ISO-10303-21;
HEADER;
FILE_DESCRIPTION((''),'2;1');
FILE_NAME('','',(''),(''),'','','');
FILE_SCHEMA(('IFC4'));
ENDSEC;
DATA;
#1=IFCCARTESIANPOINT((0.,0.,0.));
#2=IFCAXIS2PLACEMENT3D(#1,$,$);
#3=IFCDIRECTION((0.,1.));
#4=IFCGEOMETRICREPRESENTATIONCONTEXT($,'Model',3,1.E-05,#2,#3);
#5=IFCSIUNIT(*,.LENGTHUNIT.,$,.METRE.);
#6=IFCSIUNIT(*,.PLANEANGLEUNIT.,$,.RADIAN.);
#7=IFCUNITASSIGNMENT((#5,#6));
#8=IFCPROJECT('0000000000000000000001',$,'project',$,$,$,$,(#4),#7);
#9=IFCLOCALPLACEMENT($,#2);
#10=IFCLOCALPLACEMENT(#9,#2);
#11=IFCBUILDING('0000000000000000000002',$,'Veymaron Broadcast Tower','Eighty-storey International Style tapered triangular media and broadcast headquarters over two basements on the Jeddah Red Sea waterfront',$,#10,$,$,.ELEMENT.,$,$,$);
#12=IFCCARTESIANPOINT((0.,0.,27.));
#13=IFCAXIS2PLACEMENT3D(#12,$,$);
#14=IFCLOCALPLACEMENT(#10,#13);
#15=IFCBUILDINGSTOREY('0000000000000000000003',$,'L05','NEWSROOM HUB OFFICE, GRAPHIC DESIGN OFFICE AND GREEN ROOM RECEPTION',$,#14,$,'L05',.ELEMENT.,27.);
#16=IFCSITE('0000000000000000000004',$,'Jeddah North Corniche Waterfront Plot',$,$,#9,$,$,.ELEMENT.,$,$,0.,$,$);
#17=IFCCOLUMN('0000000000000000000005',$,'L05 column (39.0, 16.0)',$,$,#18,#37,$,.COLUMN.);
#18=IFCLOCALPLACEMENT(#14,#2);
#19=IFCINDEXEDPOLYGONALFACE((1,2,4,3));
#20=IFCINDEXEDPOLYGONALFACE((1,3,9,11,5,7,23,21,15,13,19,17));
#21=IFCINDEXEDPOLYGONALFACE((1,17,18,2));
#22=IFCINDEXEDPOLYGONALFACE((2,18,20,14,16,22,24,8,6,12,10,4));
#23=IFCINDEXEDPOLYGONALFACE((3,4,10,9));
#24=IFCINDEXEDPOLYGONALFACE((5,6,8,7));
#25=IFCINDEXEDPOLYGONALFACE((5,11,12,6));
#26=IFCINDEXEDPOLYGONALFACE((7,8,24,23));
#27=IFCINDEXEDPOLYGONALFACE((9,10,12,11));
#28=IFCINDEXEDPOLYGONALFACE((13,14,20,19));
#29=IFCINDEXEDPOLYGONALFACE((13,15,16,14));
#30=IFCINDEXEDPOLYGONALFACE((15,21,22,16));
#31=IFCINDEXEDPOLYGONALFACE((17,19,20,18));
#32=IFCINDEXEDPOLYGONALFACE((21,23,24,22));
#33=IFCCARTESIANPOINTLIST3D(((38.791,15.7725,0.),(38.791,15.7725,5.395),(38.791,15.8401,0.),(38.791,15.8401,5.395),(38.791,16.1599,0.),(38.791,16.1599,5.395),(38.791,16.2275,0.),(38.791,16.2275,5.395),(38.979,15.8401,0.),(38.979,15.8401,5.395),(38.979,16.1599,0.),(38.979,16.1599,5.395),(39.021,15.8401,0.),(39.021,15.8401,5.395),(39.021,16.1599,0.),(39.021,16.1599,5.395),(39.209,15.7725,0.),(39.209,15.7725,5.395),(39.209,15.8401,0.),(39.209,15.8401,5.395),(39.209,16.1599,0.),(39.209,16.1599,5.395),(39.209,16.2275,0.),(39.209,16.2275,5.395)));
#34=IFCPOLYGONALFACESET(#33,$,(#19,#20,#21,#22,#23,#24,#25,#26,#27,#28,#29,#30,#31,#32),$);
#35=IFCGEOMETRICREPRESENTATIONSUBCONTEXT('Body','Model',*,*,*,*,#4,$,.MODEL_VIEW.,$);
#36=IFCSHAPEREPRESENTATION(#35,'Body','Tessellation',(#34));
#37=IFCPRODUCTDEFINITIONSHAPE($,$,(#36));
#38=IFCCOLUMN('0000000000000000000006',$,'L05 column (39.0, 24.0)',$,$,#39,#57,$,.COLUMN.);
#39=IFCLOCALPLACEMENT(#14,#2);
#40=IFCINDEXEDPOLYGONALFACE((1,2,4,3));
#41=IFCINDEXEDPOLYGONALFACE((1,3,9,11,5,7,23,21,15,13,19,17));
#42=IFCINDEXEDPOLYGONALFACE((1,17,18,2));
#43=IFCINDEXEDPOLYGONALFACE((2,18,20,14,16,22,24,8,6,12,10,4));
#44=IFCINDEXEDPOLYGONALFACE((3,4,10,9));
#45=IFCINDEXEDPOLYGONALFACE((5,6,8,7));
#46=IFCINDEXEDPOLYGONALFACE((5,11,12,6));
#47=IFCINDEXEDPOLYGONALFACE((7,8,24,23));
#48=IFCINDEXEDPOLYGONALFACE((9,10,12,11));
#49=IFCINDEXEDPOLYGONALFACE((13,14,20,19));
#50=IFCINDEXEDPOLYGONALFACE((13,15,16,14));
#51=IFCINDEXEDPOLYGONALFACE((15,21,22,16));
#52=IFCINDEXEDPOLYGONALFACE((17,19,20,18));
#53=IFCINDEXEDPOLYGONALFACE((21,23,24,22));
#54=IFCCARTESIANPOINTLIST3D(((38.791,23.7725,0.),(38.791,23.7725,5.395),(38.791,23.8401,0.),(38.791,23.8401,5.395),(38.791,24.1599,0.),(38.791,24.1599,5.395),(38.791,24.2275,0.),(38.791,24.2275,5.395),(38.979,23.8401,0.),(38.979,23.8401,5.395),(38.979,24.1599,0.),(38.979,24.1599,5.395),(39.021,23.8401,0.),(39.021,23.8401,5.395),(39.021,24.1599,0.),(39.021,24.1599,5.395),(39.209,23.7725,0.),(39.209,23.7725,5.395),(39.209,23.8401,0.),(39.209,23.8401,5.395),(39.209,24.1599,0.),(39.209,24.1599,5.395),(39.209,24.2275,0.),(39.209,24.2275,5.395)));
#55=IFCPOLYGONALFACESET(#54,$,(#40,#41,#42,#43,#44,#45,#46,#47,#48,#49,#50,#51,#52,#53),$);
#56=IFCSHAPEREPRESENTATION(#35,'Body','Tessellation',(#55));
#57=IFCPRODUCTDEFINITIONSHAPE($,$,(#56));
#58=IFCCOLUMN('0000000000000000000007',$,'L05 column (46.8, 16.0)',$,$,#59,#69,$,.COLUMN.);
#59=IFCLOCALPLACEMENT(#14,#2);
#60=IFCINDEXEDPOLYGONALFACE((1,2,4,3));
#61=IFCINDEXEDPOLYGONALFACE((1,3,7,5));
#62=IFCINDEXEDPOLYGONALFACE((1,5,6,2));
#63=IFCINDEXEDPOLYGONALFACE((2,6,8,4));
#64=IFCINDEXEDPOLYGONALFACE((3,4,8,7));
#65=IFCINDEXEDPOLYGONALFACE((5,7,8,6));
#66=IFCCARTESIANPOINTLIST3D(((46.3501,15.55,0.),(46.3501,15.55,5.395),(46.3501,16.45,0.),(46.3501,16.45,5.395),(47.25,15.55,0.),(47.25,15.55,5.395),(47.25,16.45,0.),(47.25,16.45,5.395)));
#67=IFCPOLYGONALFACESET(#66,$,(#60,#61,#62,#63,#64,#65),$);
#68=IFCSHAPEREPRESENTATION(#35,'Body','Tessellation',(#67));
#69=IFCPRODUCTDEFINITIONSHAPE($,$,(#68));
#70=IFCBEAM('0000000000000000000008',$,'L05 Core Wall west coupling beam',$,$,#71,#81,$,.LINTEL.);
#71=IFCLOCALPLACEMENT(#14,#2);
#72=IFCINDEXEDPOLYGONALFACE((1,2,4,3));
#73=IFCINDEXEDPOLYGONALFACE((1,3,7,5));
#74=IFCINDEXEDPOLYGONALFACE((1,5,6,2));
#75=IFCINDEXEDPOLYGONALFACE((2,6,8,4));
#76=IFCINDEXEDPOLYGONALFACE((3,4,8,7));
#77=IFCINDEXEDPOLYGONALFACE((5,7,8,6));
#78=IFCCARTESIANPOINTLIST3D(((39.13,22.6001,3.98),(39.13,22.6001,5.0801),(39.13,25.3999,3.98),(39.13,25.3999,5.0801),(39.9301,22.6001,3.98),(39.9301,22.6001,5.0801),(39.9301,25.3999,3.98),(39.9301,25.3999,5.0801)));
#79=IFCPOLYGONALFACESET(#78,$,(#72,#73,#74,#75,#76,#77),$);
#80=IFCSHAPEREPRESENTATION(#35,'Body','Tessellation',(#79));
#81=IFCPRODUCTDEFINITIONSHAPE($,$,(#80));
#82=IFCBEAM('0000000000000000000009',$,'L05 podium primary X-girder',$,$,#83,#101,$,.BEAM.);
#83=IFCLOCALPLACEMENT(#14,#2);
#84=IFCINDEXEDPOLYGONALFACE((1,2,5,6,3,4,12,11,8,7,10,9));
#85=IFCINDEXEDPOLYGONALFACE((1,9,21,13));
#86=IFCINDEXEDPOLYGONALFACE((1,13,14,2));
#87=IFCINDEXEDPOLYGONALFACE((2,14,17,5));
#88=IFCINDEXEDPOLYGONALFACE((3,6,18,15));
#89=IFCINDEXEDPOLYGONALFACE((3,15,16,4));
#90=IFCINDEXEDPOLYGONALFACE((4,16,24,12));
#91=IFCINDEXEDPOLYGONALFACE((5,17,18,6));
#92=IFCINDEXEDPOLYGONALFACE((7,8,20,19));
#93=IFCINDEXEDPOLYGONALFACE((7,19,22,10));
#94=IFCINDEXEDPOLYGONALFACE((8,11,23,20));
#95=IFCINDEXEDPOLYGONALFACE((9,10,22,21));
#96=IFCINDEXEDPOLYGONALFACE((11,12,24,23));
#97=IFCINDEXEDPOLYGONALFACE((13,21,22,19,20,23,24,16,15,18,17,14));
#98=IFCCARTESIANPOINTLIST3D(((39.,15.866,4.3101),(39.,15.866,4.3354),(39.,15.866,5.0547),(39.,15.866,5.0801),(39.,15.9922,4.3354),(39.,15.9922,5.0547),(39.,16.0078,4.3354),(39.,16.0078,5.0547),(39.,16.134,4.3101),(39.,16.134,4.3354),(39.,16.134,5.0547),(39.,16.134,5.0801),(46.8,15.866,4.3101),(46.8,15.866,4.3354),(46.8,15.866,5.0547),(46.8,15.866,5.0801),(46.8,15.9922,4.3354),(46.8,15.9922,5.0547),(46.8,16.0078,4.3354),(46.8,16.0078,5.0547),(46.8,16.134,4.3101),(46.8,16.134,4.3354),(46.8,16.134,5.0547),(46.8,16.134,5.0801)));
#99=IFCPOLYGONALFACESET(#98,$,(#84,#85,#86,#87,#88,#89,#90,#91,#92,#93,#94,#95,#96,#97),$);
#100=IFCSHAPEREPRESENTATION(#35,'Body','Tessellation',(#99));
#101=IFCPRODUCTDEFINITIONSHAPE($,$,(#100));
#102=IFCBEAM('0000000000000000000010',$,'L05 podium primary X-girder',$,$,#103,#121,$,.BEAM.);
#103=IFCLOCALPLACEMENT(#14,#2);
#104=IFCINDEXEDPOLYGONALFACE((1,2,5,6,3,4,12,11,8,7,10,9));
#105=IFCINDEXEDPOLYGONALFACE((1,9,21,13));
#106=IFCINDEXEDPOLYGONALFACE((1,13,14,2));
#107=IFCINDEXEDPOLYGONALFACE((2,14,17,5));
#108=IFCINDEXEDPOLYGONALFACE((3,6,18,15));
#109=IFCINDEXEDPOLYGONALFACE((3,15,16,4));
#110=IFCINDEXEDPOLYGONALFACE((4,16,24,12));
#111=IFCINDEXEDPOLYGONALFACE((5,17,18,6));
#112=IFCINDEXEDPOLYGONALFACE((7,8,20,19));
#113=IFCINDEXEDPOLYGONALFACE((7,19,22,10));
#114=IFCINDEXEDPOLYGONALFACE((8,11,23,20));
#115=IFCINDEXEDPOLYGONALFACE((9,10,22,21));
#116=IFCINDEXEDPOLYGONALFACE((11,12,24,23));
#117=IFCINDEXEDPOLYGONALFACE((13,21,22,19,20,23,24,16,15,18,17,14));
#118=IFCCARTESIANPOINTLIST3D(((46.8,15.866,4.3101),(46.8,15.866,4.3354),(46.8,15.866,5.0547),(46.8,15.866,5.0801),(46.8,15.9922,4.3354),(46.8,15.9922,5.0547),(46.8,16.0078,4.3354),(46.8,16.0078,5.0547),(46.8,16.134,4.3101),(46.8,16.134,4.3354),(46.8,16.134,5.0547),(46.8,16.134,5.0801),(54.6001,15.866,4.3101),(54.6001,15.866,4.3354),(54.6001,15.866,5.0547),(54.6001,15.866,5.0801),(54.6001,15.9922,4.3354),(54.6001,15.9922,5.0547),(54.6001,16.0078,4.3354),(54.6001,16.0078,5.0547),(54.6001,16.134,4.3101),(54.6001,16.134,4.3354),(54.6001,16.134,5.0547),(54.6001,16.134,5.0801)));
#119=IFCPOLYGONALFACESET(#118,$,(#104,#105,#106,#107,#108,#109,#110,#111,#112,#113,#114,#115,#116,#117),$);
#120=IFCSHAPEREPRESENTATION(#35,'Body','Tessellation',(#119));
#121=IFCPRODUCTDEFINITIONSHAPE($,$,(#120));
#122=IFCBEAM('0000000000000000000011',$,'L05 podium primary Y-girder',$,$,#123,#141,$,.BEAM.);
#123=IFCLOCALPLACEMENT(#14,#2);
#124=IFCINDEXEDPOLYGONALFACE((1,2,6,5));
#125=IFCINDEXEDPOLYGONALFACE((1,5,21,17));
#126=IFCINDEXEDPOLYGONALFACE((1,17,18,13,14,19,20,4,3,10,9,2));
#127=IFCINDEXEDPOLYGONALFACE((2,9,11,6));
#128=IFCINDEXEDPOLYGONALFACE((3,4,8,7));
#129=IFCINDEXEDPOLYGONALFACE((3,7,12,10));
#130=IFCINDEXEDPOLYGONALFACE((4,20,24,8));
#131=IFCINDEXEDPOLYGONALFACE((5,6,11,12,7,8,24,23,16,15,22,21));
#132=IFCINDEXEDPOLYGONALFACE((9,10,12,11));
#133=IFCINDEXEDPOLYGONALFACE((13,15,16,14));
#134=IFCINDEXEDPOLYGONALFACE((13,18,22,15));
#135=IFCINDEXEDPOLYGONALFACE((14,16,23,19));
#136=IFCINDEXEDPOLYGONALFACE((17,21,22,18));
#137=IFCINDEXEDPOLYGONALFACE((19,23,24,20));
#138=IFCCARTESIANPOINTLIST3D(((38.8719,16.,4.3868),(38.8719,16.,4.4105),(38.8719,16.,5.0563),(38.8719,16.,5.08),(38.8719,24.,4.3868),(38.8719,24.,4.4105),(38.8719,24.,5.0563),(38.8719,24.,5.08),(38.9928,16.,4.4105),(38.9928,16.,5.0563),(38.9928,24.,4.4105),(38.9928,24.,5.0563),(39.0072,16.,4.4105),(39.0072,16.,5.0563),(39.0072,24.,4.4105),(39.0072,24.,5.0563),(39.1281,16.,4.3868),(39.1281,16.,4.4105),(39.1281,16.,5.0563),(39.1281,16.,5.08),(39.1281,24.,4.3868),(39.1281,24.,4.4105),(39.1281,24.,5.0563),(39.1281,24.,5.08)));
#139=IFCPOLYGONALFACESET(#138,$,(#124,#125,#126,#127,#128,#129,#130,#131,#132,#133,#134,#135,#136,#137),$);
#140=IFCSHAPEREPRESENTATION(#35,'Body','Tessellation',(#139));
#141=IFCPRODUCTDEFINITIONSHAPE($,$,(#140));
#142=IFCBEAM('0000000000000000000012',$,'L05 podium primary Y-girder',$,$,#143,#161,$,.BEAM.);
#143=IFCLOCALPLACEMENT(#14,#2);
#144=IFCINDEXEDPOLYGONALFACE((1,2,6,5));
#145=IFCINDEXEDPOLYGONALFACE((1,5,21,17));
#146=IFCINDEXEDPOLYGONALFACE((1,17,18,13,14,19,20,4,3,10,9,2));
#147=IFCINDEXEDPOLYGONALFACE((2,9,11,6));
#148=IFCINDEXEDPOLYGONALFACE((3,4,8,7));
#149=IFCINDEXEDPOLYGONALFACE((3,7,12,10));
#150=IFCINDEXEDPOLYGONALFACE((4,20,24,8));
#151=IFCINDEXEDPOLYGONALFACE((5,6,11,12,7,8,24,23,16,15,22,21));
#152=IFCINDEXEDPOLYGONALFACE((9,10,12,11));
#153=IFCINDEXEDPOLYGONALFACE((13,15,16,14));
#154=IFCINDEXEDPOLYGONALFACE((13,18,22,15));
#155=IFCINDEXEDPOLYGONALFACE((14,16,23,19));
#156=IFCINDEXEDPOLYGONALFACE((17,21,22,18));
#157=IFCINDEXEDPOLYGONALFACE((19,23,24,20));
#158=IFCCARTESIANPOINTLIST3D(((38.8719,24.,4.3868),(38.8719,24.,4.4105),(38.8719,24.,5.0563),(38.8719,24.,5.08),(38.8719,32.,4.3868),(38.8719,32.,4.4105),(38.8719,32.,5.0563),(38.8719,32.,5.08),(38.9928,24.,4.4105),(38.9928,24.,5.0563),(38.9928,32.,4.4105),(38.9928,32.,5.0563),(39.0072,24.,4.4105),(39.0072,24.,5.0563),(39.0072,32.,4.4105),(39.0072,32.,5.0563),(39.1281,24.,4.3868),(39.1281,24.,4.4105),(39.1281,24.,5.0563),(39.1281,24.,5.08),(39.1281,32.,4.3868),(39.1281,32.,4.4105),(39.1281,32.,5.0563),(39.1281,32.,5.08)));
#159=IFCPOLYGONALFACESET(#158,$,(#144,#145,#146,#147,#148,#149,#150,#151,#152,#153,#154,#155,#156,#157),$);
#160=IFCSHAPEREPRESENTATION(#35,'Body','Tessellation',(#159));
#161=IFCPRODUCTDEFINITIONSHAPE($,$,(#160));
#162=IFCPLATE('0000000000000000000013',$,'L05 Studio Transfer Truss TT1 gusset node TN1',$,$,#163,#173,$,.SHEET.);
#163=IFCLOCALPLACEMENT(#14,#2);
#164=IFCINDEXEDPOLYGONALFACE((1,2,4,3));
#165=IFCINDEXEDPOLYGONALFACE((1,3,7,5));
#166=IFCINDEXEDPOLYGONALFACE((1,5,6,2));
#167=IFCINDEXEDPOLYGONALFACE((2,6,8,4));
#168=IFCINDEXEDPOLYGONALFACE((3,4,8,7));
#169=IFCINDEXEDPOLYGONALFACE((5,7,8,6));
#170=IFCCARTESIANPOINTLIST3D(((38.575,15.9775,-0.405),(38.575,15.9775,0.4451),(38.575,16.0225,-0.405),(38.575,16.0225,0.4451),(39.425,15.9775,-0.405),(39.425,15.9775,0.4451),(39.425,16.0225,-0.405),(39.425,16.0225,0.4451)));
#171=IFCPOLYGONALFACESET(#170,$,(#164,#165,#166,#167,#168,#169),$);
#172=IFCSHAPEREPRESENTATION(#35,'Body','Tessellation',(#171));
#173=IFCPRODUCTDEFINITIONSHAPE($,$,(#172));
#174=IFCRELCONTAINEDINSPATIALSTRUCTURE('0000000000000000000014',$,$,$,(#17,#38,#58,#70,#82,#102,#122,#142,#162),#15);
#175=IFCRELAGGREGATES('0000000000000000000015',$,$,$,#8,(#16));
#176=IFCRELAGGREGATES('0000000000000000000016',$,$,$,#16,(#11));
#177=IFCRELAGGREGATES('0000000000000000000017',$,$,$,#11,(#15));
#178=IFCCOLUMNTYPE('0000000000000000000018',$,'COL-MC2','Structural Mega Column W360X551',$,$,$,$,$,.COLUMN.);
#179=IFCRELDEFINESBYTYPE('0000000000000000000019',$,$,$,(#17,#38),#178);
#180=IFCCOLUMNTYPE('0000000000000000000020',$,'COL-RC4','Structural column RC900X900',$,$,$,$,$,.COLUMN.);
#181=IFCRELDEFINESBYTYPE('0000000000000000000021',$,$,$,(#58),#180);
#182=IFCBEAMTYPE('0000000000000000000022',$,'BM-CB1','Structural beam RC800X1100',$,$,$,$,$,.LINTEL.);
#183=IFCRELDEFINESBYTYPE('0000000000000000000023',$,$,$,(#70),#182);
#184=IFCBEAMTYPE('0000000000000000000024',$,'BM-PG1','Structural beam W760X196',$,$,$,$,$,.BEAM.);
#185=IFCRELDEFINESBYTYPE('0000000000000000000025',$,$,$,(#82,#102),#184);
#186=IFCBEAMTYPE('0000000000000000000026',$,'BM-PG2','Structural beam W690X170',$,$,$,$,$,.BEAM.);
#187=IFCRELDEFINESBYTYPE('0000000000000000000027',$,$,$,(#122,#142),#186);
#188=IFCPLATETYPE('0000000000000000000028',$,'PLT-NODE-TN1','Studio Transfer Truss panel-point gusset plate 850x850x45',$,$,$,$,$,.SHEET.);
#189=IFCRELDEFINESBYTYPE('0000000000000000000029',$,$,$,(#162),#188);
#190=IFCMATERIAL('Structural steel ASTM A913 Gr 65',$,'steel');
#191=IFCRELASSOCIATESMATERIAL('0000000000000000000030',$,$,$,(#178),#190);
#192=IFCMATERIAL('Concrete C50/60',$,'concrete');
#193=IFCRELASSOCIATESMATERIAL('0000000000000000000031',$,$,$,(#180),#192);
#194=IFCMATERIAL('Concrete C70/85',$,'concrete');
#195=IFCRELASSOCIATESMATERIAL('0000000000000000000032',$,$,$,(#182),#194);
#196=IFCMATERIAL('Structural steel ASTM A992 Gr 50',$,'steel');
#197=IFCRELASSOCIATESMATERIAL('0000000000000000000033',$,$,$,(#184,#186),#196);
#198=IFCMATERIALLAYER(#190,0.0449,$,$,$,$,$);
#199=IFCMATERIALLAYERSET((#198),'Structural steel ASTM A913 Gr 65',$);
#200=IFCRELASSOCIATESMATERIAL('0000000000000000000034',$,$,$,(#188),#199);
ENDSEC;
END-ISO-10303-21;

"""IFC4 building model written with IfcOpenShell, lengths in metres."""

from ifc_helpers import new_model, si_unit, direction, frame, origin, origin_2d, place, context, subcontext, project, spatial, rectangle, i_section, extrude, material, layer, layer_set, material_profile, profile_set, type_object, element, save


model = new_model("IFC4")

# Units and contexts
model_context = context("Model", 3, precision=1e-05, world=origin(), true_north=direction((0.0, 1.0)))
body_context = subcontext(model_context, "Body", "Model", "MODEL_VIEW")
ifc_project = project(units=[si_unit("LENGTHUNIT", "METRE"), si_unit("PLANEANGLEUNIT", "RADIAN")], contexts=[model_context])

# Site, building, storey
site_placement = place(None, origin())
site = spatial("IfcSite", under=ifc_project, at=site_placement, Name="Jeddah North Corniche Waterfront Plot", CompositionType="ELEMENT", RefElevation=0.0)
building_placement = place(site_placement, origin())
building = spatial("IfcBuilding", under=site, at=building_placement, Name="Veymaron Broadcast Tower", Description="Eighty-storey International Style tapered triangular media and broadcast headquarters over two basements on the Jeddah Red Sea waterfront", CompositionType="ELEMENT")
storey_placement = place(building_placement, frame((0.0, 0.0, 27.0)))
storey = spatial("IfcBuildingStorey", under=building, at=storey_placement, Name="L05", Description="NEWSROOM HUB OFFICE, GRAPHIC DESIGN OFFICE AND GREEN ROOM RECEPTION", LongName="L05", CompositionType="ELEMENT", Elevation=27.0)

# Columns
ifc_material_1 = material(Name="Structural steel ASTM A913 Gr 65", Category="steel")
ifc_material_profile_1 = material_profile(ifc_material_1, i_section(OverallWidth=0.418, OverallDepth=0.4551, WebThickness=0.042, FlangeThickness=0.0676, at=origin_2d()), Name="W360X551")
ifc_profile_set_1 = profile_set([ifc_material_profile_1], Name="Structural steel ASTM A913 Gr 65")
column_type_1 = type_object("IfcColumnType", Name="COL-MC2", Description="Structural Mega Column W360X551", PredefinedType="COLUMN", material=ifc_profile_set_1)
for number, where, z_axis, x_axis, name in (
    (1, (39.0, 16.0, 0.0), (0.0, 0.0, 1.0), (1.0, 0.0, 0.0), "L05 column (39.0, 16.0)"),
    (2, (39.0, 24.0, 0.0), (0.0, 0.0, 1.0), (1.0, 0.0, 0.0), "L05 column (39.0, 24.0)"),
):
    element("IfcColumn", number, at=place(storey_placement, frame(where, z_axis=z_axis, x_axis=x_axis)), inside=storey, type_object=column_type_1, Name=name, PredefinedType="COLUMN", context=body_context, shape_type="SweptSolid", body=[
        extrude(i_section(OverallWidth=0.418, OverallDepth=0.4551, WebThickness=0.042, FlangeThickness=0.0676, at=origin_2d()), origin(), (0.0, 0.0, 1.0), 5.395),
    ])
ifc_material_2 = material(Name="Concrete C50/60", Category="concrete")
ifc_material_profile_2 = material_profile(ifc_material_2, rectangle(XDim=0.8999, YDim=0.8999, at=origin_2d()), Name="RC900X900")
ifc_profile_set_2 = profile_set([ifc_material_profile_2], Name="Concrete C50/60")
column_type_2 = type_object("IfcColumnType", Name="COL-RC4", Description="Structural column RC900X900", PredefinedType="COLUMN", material=ifc_profile_set_2)
column_placement = place(storey_placement, frame((46.8, 16.0, 0.0), z_axis=(0.0, 0.0, 1.0), x_axis=(1.0, 0.0, 0.0)))
element("IfcColumn", 3, at=column_placement, inside=storey, type_object=column_type_2, Name="L05 column (46.8, 16.0)", PredefinedType="COLUMN", context=body_context, shape_type="SweptSolid", body=[
    extrude(rectangle(XDim=0.8999, YDim=0.8999, at=origin_2d()), origin(), (0.0, 0.0, 1.0), 5.395),
])

# Beams
ifc_material_3 = material(Name="Concrete C70/85", Category="concrete")
ifc_material_profile_3 = material_profile(ifc_material_3, rectangle(XDim=0.8, YDim=1.1001, at=origin_2d()), Name="RC800X1100")
ifc_profile_set_3 = profile_set([ifc_material_profile_3], Name="Concrete C70/85")
beam_type_1 = type_object("IfcBeamType", Name="BM-CB1", Description="Structural beam RC800X1100", PredefinedType="LINTEL", material=ifc_profile_set_3)
beam_placement = place(storey_placement, frame((39.53, 22.6001, 4.53), z_axis=(0.0, 1.0, 0.0), x_axis=(-1.0, 0.0, 0.0)))
element("IfcBeam", 4, at=beam_placement, inside=storey, type_object=beam_type_1, Name="L05 Core Wall west coupling beam", PredefinedType="LINTEL", context=body_context, shape_type="SweptSolid", body=[
    extrude(rectangle(XDim=0.8, YDim=1.1001, at=origin_2d()), origin(), (0.0, 0.0, 1.0), 2.7998),
])
ifc_material_4 = material(Name="Structural steel ASTM A992 Gr 50", Category="steel")
ifc_material_profile_4 = material_profile(ifc_material_4, i_section(OverallWidth=0.2681, OverallDepth=0.77, WebThickness=0.0156, FlangeThickness=0.0254, at=origin_2d()), Name="W760X196")
ifc_profile_set_4 = profile_set([ifc_material_profile_4], Name="Structural steel ASTM A992 Gr 50")
beam_type_2 = type_object("IfcBeamType", Name="BM-PG1", Description="Structural beam W760X196", PredefinedType="BEAM", material=ifc_profile_set_4)
for number, where, z_axis, x_axis, name in (
    (5, (39.0, 16.0, 4.6951), (1.0, 0.0, 0.0), (0.0, 1.0, 0.0), "L05 podium primary X-girder"),
    (6, (46.8, 16.0, 4.6951), (1.0, 0.0, 0.0), (0.0, 1.0, 0.0), "L05 podium primary X-girder"),
):
    element("IfcBeam", number, at=place(storey_placement, frame(where, z_axis=z_axis, x_axis=x_axis)), inside=storey, type_object=beam_type_2, Name=name, PredefinedType="BEAM", context=body_context, shape_type="SweptSolid", body=[
        extrude(i_section(OverallWidth=0.2681, OverallDepth=0.77, WebThickness=0.0156, FlangeThickness=0.0254, at=origin_2d()), origin(), (0.0, 0.0, 1.0), 7.8),
    ])
ifc_material_profile_5 = material_profile(ifc_material_4, i_section(OverallWidth=0.2561, OverallDepth=0.6931, WebThickness=0.0144, FlangeThickness=0.0237, at=origin_2d()), Name="W690X170")
ifc_profile_set_5 = profile_set([ifc_material_profile_5], Name="Structural steel ASTM A992 Gr 50")
beam_type_3 = type_object("IfcBeamType", Name="BM-PG2", Description="Structural beam W690X170", PredefinedType="BEAM", material=ifc_profile_set_5)
for number, where, z_axis, x_axis, name in (
    (7, (39.0, 16.0, 4.7334), (0.0, 1.0, 0.0), (-1.0, 0.0, 0.0), "L05 podium primary Y-girder"),
    (8, (39.0, 24.0, 4.7334), (0.0, 1.0, 0.0), (-1.0, 0.0, 0.0), "L05 podium primary Y-girder"),
):
    element("IfcBeam", number, at=place(storey_placement, frame(where, z_axis=z_axis, x_axis=x_axis)), inside=storey, type_object=beam_type_3, Name=name, PredefinedType="BEAM", context=body_context, shape_type="SweptSolid", body=[
        extrude(i_section(OverallWidth=0.2561, OverallDepth=0.6931, WebThickness=0.0144, FlangeThickness=0.0237, at=origin_2d()), origin(), (0.0, 0.0, 1.0), 8.0),
    ])

# Plate
ifc_layer_1 = layer(ifc_material_1, 0.0449)
ifc_layer_set_1 = layer_set([ifc_layer_1], Name="Structural steel ASTM A913 Gr 65")
plate_type = type_object("IfcPlateType", Name="PLT-NODE-TN1", Description="Studio Transfer Truss panel-point gusset plate 850x850x45", PredefinedType="SHEET", material=ifc_layer_set_1)
plate_placement = place(storey_placement, frame((39.0, 16.0, -0.405), z_axis=(0.0, 0.0, 1.0), x_axis=(1.0, 0.0, 0.0)))
element("IfcPlate", 9, at=plate_placement, inside=storey, type_object=plate_type, Name="L05 Studio Transfer Truss TT1 gusset node TN1", PredefinedType="SHEET", context=body_context, shape_type="SweptSolid", body=[
    extrude(rectangle(XDim=0.8501, YDim=0.0449, at=origin_2d()), origin(), (0.0, 0.0, 1.0), 0.8501),
])

save(model, "model.ifc")
